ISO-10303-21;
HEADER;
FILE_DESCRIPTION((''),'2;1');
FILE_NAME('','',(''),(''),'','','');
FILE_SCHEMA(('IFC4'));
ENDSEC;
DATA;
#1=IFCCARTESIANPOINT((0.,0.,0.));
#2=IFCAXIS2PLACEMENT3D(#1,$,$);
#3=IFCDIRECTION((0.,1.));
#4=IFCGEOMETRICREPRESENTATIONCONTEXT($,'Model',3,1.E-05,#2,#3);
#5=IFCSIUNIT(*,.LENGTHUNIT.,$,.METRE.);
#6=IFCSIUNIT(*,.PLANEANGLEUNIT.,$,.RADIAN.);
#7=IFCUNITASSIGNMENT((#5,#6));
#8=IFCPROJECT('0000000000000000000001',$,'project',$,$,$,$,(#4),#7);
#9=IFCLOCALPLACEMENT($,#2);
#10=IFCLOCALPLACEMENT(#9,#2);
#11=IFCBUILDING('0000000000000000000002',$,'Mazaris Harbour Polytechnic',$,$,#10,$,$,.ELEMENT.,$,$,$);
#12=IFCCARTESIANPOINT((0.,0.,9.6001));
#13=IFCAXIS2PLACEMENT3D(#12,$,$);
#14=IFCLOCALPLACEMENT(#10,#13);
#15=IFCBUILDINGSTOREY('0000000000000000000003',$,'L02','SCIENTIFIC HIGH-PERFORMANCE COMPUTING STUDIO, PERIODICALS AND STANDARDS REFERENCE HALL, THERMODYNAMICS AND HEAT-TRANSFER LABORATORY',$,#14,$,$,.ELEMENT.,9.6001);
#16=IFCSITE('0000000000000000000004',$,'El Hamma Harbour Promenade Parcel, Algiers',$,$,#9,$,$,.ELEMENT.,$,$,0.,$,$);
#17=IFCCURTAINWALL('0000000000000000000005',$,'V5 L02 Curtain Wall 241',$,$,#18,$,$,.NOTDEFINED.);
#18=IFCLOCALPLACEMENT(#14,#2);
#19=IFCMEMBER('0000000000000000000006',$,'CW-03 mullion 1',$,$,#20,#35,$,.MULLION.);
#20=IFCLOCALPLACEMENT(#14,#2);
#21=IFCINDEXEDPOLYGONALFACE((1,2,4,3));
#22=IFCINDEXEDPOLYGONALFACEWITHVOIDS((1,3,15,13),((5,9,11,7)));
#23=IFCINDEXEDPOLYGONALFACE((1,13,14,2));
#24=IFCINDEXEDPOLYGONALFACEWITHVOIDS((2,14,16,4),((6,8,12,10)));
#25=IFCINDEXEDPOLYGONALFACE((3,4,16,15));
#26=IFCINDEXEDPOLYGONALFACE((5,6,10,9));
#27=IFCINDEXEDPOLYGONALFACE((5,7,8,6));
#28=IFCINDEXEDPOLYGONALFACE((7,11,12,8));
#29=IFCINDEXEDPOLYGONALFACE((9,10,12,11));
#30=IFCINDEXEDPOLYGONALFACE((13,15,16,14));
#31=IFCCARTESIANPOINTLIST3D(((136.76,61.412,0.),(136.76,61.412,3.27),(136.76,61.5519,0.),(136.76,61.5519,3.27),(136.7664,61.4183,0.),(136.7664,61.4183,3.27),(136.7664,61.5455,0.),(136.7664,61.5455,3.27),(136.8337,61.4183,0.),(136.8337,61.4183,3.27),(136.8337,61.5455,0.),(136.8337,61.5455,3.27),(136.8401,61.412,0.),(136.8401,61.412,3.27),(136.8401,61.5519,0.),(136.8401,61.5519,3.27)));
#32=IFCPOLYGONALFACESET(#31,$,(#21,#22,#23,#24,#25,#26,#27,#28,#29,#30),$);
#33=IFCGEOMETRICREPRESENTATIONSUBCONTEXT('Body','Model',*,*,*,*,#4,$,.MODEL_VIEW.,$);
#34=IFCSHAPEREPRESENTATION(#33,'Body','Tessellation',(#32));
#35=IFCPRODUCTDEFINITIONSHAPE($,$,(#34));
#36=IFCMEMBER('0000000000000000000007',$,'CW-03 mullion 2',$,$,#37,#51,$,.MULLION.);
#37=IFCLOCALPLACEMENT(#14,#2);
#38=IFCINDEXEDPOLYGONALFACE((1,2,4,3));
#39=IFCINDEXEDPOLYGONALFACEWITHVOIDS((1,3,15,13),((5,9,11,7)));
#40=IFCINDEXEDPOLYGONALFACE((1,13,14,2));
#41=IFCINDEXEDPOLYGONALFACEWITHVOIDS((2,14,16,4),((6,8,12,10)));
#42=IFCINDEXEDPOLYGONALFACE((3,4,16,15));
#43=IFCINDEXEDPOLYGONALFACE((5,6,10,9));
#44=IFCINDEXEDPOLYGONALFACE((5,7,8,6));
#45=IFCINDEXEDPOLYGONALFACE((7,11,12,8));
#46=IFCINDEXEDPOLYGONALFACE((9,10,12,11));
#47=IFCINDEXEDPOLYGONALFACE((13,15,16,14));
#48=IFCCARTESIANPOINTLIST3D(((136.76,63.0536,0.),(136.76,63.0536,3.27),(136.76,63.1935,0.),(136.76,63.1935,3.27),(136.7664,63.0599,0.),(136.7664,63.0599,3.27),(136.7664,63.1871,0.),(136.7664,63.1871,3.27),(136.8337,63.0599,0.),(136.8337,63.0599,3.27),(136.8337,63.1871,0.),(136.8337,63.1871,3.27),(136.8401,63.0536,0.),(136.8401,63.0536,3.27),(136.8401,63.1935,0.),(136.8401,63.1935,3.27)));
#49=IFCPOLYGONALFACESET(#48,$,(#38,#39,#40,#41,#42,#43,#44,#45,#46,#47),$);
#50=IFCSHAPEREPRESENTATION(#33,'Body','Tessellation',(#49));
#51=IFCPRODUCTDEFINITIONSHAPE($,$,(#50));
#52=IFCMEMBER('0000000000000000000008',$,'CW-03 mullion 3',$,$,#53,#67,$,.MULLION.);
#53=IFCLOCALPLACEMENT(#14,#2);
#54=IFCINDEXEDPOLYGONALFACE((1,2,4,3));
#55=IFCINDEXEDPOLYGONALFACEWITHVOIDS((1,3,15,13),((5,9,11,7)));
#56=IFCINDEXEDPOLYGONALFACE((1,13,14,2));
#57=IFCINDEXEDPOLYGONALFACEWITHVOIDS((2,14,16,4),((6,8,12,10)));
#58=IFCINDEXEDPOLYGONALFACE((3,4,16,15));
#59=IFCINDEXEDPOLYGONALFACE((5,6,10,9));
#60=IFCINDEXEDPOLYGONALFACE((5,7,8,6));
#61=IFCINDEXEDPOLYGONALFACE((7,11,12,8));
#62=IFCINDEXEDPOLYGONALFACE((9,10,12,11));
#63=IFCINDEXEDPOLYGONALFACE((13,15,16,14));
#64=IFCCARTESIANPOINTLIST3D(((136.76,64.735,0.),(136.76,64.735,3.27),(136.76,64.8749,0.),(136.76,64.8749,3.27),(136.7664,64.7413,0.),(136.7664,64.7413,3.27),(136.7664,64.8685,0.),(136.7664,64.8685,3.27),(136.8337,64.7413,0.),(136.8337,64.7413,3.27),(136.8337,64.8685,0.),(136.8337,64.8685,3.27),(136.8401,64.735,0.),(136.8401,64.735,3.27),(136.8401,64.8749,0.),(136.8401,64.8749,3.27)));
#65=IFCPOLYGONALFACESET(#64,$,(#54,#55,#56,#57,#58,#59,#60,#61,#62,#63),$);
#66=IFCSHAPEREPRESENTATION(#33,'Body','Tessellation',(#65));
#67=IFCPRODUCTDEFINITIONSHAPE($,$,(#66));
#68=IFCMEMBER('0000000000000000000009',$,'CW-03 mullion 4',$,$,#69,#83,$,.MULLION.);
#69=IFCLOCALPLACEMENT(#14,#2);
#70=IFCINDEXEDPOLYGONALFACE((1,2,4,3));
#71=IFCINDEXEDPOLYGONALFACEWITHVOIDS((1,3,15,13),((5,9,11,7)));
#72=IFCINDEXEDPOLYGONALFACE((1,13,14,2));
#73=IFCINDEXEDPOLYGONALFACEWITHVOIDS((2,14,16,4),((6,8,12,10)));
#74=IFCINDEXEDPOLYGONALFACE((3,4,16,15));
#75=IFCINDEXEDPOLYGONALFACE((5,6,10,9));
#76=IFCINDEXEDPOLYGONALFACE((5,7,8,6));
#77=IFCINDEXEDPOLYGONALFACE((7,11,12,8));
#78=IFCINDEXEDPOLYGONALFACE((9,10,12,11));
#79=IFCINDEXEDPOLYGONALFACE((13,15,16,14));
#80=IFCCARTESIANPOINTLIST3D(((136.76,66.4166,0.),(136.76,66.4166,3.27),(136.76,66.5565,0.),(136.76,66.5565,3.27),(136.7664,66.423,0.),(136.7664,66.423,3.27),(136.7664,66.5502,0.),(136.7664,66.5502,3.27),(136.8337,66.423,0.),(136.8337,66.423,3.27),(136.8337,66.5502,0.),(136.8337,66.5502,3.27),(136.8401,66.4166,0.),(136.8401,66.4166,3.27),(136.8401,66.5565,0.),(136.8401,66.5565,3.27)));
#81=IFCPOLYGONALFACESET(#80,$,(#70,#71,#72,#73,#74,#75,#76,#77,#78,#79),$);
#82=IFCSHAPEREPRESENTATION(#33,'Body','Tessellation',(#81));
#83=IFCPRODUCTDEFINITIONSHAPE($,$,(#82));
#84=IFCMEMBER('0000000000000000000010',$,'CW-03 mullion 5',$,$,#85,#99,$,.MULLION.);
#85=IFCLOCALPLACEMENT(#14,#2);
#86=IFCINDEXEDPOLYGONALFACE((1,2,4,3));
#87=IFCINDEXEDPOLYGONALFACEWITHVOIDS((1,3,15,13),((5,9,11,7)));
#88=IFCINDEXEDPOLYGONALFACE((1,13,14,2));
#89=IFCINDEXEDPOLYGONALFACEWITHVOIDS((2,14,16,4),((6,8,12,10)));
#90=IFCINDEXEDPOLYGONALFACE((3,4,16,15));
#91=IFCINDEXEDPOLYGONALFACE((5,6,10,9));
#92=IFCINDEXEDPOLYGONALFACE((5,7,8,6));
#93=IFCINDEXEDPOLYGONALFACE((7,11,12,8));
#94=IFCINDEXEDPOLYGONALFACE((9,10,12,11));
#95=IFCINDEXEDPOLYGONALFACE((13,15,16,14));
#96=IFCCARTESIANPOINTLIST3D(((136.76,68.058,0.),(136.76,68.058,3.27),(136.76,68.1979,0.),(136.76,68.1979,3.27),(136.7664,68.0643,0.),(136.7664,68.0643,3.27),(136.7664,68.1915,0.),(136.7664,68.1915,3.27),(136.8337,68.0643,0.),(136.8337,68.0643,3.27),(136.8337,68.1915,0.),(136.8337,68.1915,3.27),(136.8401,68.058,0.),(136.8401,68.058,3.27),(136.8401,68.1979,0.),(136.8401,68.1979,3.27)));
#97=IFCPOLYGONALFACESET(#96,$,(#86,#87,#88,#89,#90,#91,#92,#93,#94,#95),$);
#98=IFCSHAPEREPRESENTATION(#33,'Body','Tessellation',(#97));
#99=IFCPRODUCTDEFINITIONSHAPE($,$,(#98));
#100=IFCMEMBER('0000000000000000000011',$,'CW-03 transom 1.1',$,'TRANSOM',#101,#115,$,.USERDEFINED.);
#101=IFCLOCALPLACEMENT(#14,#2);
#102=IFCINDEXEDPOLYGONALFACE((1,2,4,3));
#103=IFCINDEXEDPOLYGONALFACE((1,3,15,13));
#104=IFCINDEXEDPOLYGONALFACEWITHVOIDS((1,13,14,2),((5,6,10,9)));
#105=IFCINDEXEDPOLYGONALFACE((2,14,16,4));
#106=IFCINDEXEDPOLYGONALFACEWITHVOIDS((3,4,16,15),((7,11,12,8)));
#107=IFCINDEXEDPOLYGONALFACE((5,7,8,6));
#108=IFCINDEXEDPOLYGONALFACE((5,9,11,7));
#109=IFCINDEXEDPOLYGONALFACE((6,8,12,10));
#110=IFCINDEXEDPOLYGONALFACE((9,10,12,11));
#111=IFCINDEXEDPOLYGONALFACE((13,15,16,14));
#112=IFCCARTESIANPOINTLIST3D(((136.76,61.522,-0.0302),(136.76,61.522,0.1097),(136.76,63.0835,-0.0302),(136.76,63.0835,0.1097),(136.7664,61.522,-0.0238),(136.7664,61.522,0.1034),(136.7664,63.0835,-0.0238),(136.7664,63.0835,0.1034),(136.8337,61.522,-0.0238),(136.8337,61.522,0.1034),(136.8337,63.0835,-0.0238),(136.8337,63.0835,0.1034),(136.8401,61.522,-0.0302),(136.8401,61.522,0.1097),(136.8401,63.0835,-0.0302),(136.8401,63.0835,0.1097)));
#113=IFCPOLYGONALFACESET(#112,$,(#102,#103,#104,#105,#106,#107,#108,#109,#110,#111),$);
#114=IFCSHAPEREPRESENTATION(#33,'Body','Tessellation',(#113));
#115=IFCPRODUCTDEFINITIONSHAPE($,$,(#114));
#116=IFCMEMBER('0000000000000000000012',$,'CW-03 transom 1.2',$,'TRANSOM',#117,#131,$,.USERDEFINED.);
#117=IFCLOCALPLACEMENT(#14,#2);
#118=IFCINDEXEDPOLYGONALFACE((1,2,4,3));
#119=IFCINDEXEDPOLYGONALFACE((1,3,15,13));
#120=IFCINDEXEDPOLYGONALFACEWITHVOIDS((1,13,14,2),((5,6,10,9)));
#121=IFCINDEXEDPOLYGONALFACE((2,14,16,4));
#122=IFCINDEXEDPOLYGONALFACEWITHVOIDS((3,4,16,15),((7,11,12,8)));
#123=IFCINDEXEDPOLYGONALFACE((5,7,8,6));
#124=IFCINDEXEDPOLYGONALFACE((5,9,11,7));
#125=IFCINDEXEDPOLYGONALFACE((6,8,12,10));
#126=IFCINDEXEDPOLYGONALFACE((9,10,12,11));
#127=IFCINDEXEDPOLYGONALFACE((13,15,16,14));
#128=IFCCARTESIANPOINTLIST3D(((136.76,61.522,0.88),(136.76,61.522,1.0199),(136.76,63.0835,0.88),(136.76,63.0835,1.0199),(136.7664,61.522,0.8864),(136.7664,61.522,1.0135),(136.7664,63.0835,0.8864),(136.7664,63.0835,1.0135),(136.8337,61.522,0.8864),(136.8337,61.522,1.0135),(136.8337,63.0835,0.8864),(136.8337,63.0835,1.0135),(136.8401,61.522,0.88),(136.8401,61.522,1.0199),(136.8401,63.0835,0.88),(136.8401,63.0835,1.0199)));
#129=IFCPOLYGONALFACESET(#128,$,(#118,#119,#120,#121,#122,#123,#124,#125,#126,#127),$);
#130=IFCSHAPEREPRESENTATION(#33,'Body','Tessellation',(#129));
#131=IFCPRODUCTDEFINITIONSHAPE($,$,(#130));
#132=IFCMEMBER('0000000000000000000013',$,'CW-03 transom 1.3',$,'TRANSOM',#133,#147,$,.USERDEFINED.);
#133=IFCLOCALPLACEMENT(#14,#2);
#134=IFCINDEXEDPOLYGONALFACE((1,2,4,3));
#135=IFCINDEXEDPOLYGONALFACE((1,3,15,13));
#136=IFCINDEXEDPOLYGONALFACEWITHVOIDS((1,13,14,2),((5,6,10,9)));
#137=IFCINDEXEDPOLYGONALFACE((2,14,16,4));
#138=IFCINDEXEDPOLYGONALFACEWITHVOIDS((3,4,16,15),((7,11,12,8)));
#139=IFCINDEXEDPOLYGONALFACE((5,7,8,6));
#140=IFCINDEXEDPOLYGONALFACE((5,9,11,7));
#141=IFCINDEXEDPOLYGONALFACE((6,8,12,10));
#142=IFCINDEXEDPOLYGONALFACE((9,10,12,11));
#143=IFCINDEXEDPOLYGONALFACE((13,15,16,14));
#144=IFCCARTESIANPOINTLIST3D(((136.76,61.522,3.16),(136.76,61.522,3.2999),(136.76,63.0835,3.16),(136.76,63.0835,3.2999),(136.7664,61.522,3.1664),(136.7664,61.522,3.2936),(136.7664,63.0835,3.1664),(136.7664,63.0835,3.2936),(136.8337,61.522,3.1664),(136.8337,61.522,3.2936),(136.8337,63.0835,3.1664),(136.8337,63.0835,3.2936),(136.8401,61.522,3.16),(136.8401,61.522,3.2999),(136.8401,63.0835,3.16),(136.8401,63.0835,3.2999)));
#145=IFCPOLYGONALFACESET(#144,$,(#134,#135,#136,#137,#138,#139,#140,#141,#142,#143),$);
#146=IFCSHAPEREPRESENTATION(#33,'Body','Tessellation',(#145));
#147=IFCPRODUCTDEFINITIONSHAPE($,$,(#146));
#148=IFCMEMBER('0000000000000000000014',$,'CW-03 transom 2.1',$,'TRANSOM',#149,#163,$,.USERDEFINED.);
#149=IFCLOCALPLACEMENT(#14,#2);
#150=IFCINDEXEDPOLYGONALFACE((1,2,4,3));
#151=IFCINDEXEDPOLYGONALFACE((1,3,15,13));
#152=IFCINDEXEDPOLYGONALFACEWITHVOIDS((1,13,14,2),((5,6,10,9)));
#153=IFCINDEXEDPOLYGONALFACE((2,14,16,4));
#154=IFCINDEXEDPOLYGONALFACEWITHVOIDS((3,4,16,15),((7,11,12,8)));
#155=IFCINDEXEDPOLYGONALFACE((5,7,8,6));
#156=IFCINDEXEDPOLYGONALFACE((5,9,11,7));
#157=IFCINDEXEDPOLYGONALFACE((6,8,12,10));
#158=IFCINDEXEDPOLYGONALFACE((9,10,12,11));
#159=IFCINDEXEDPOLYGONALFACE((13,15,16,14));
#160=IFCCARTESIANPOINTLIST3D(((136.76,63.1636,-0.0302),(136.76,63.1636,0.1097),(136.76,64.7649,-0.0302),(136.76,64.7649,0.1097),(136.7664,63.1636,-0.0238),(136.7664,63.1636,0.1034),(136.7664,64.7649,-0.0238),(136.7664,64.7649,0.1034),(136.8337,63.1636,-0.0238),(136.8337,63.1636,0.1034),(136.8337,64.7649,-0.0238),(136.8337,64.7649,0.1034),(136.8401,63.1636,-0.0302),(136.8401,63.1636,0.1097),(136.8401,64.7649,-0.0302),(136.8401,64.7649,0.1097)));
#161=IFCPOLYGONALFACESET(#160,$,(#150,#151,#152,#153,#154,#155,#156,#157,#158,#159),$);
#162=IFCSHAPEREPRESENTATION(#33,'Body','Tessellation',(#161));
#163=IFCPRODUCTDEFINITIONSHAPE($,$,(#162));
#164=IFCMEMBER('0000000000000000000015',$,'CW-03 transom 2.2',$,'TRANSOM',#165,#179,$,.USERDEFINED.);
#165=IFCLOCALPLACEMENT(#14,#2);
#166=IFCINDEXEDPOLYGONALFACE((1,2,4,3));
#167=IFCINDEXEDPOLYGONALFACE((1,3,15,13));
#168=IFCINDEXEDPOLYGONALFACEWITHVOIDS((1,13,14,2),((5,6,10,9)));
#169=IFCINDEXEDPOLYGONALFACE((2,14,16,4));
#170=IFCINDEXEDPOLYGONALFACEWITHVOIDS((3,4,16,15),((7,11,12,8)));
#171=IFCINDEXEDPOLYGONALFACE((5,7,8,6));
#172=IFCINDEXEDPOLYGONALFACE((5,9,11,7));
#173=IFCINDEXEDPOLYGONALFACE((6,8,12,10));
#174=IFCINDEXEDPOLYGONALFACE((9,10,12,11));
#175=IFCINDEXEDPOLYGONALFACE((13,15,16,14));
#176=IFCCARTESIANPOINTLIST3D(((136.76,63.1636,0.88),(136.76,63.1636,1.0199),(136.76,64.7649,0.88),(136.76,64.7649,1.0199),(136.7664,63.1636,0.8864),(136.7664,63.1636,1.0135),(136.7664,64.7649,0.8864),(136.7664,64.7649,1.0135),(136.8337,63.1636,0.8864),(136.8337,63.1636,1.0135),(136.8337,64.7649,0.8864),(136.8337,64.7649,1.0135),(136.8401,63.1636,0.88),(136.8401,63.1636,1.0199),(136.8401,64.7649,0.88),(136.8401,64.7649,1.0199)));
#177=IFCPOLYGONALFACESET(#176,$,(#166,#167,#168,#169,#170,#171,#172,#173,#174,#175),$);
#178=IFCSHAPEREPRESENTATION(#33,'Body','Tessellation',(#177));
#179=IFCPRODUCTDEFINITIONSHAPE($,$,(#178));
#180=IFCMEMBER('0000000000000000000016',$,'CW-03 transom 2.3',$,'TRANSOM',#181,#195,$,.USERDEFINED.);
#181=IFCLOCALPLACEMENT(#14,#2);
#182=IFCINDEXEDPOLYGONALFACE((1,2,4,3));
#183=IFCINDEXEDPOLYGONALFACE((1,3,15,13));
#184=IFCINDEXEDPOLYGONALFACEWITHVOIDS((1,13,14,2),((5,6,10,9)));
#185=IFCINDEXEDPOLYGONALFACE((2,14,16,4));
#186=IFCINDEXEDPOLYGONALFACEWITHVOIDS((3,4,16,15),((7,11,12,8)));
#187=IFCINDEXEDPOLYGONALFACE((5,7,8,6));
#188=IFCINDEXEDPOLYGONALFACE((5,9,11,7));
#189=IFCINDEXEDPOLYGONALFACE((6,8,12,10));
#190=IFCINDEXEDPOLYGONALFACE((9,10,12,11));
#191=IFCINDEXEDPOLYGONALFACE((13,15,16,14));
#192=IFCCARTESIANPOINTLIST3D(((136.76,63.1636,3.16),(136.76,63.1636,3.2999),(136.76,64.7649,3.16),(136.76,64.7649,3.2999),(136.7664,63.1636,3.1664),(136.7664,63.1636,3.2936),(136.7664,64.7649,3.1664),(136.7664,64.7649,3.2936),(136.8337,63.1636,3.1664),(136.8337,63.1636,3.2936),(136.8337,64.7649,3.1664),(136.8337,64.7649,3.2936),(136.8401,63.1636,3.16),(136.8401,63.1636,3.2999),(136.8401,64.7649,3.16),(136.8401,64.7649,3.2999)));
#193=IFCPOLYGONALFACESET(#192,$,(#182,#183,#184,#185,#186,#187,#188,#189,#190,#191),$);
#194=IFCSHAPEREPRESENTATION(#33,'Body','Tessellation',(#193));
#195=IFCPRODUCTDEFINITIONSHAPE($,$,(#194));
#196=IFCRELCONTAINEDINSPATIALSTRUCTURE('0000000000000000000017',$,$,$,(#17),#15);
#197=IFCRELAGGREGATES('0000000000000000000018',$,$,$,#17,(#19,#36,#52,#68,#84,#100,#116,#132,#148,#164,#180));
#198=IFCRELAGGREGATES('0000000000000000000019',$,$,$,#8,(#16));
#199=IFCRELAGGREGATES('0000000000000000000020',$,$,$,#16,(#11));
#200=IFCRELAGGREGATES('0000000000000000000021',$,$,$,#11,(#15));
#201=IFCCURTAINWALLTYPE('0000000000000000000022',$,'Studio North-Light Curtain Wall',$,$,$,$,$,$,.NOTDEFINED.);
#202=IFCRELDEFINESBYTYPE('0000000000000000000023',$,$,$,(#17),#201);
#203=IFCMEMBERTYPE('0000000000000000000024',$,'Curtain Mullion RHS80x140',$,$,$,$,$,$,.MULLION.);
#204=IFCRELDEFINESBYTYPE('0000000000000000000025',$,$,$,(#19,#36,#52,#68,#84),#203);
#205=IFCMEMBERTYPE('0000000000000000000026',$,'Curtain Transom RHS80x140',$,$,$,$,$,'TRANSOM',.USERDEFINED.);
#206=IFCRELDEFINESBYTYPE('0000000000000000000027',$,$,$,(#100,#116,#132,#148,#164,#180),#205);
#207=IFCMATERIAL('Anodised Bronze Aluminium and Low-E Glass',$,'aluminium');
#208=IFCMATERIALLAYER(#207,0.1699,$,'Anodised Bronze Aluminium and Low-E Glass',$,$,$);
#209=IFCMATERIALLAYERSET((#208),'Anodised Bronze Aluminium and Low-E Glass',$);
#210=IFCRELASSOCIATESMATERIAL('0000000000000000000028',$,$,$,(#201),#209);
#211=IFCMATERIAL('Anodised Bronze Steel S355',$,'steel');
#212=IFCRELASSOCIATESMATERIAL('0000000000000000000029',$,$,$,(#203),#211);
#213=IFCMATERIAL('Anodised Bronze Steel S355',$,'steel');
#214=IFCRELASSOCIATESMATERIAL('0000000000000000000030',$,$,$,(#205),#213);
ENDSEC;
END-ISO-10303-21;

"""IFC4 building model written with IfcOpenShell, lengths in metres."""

from ifc_helpers import new_model, si_unit, direction, frame, origin, origin_2d, place, context, subcontext, project, spatial, hollow_rectangle, extrude, material, layer, layer_set, material_profile, profile_set, type_object, element, aggregate, save


model = new_model("IFC4")

# Units and contexts
model_context = context("Model", 3, precision=1e-05, world=origin(), true_north=direction((0.0, 1.0)))
body_context = subcontext(model_context, "Body", "Model", "MODEL_VIEW")
ifc_project = project(units=[si_unit("LENGTHUNIT", "METRE"), si_unit("PLANEANGLEUNIT", "RADIAN")], contexts=[model_context])

# Site, building, storey
site_placement = place(None, origin())
site = spatial("IfcSite", under=ifc_project, at=site_placement, Name="El Hamma Harbour Promenade Parcel, Algiers", CompositionType="ELEMENT", RefElevation=0.0)
building_placement = place(site_placement, origin())
building = spatial("IfcBuilding", under=site, at=building_placement, Name="Mazaris Harbour Polytechnic", CompositionType="ELEMENT")
storey_placement = place(building_placement, frame((0.0, 0.0, 9.6001)))
storey = spatial("IfcBuildingStorey", under=building, at=storey_placement, Name="L02", Description="SCIENTIFIC HIGH-PERFORMANCE COMPUTING STUDIO, PERIODICALS AND STANDARDS REFERENCE HALL, THERMODYNAMICS AND HEAT-TRANSFER LABORATORY", CompositionType="ELEMENT", Elevation=9.6001)

# Curtain wall, members
ifc_material_1 = material(Name="Anodised Bronze Aluminium and Low-E Glass", Category="aluminium")
ifc_layer_1 = layer(ifc_material_1, 0.1699, Name="Anodised Bronze Aluminium and Low-E Glass")
ifc_layer_set_1 = layer_set([ifc_layer_1], Name="Anodised Bronze Aluminium and Low-E Glass")
curtain_wall_type = type_object("IfcCurtainWallType", Name="Studio North-Light Curtain Wall", PredefinedType="NOTDEFINED", material=ifc_layer_set_1)
curtain_wall_1_placement = place(storey_placement, origin())
curtain_wall_1 = element("IfcCurtainWall", 1, at=curtain_wall_1_placement, inside=storey, type_object=curtain_wall_type, Name="V5 L02 Curtain Wall 241", PredefinedType="NOTDEFINED")
ifc_material_2 = material(Name="Anodised Bronze Steel S355", Category="steel")
ifc_material_profile_1 = material_profile(ifc_material_2, hollow_rectangle(XDim=0.0801, YDim=0.1399, WallThickness=0.0063, at=origin_2d()), Name="RHS 80x140x6.3")
ifc_profile_set_1 = profile_set([ifc_material_profile_1], Name="Anodised Bronze Steel S355")
member_type_1 = type_object("IfcMemberType", Name="Curtain Mullion RHS80x140", PredefinedType="MULLION", material=ifc_profile_set_1)
member_1_placement = place(storey_placement, frame((136.8, 61.4819, 0.0), z_axis=(0.0, 0.0, 1.0), x_axis=(-1.0, 0.0, 0.0)))
member_1 = element("IfcMember", 2, at=member_1_placement, type_object=member_type_1, Name="CW-03 mullion 1", PredefinedType="MULLION", context=body_context, shape_type="SweptSolid", body=[
    extrude(hollow_rectangle(XDim=0.0801, YDim=0.1399, WallThickness=0.0063, at=origin_2d()), origin(), (0.0, 0.0, 1.0), 3.27),
])
member_2_placement = place(storey_placement, frame((136.8, 63.1235, 0.0), z_axis=(0.0, 0.0, 1.0), x_axis=(-1.0, 0.0, 0.0)))
member_2 = element("IfcMember", 3, at=member_2_placement, type_object=member_type_1, Name="CW-03 mullion 2", PredefinedType="MULLION", context=body_context, shape_type="SweptSolid", body=[
    extrude(hollow_rectangle(XDim=0.0801, YDim=0.1399, WallThickness=0.0063, at=origin_2d()), origin(), (0.0, 0.0, 1.0), 3.27),
])
member_3_placement = place(storey_placement, frame((136.8, 64.8049, 0.0), z_axis=(0.0, 0.0, 1.0), x_axis=(-1.0, 0.0, 0.0)))
member_3 = element("IfcMember", 4, at=member_3_placement, type_object=member_type_1, Name="CW-03 mullion 3", PredefinedType="MULLION", context=body_context, shape_type="SweptSolid", body=[
    extrude(hollow_rectangle(XDim=0.0801, YDim=0.1399, WallThickness=0.0063, at=origin_2d()), origin(), (0.0, 0.0, 1.0), 3.27),
])
member_4_placement = place(storey_placement, frame((136.8, 66.4866, 0.0), z_axis=(0.0, 0.0, 1.0), x_axis=(-1.0, 0.0, 0.0)))
member_4 = element("IfcMember", 5, at=member_4_placement, type_object=member_type_1, Name="CW-03 mullion 4", PredefinedType="MULLION", context=body_context, shape_type="SweptSolid", body=[
    extrude(hollow_rectangle(XDim=0.0801, YDim=0.1399, WallThickness=0.0063, at=origin_2d()), origin(), (0.0, 0.0, 1.0), 3.27),
])
member_5_placement = place(storey_placement, frame((136.8, 68.1279, 0.0), z_axis=(0.0, 0.0, 1.0), x_axis=(-1.0, 0.0, 0.0)))
member_5 = element("IfcMember", 6, at=member_5_placement, type_object=member_type_1, Name="CW-03 mullion 5", PredefinedType="MULLION", context=body_context, shape_type="SweptSolid", body=[
    extrude(hollow_rectangle(XDim=0.0801, YDim=0.1399, WallThickness=0.0063, at=origin_2d()), origin(), (0.0, 0.0, 1.0), 3.27),
])
ifc_material_3 = material(Name="Anodised Bronze Steel S355", Category="steel")
ifc_material_profile_2 = material_profile(ifc_material_3, hollow_rectangle(XDim=0.0801, YDim=0.1399, WallThickness=0.0063, at=origin_2d()), Name="RHS 80x140x6.3")
ifc_profile_set_2 = profile_set([ifc_material_profile_2], Name="Anodised Bronze Steel S355")
member_type_2 = type_object("IfcMemberType", Name="Curtain Transom RHS80x140", ElementType="TRANSOM", PredefinedType="USERDEFINED", material=ifc_profile_set_2)
member_6_placement = place(storey_placement, frame((136.8, 61.522, 0.0398), z_axis=(0.0, 1.0, 0.0), x_axis=(-1.0, 0.0, 0.0)))
member_6 = element("IfcMember", 7, at=member_6_placement, type_object=member_type_2, Name="CW-03 transom 1.1", ObjectType="TRANSOM", PredefinedType="USERDEFINED", context=body_context, shape_type="SweptSolid", body=[
    extrude(hollow_rectangle(XDim=0.0801, YDim=0.1399, WallThickness=0.0063, at=origin_2d()), origin(), (0.0, 0.0, 1.0), 1.5615),
])
member_7_placement = place(storey_placement, frame((136.8, 61.522, 0.95), z_axis=(0.0, 1.0, 0.0), x_axis=(-1.0, 0.0, 0.0)))
member_7 = element("IfcMember", 8, at=member_7_placement, type_object=member_type_2, Name="CW-03 transom 1.2", ObjectType="TRANSOM", PredefinedType="USERDEFINED", context=body_context, shape_type="SweptSolid", body=[
    extrude(hollow_rectangle(XDim=0.0801, YDim=0.1399, WallThickness=0.0063, at=origin_2d()), origin(), (0.0, 0.0, 1.0), 1.5615),
])
member_8_placement = place(storey_placement, frame((136.8, 61.522, 3.23), z_axis=(0.0, 1.0, 0.0), x_axis=(-1.0, 0.0, 0.0)))
member_8 = element("IfcMember", 9, at=member_8_placement, type_object=member_type_2, Name="CW-03 transom 1.3", ObjectType="TRANSOM", PredefinedType="USERDEFINED", context=body_context, shape_type="SweptSolid", body=[
    extrude(hollow_rectangle(XDim=0.0801, YDim=0.1399, WallThickness=0.0063, at=origin_2d()), origin(), (0.0, 0.0, 1.0), 1.5615),
])
member_9_placement = place(storey_placement, frame((136.8, 63.1636, 0.0398), z_axis=(0.0, 1.0, 0.0), x_axis=(-1.0, 0.0, 0.0)))
member_9 = element("IfcMember", 10, at=member_9_placement, type_object=member_type_2, Name="CW-03 transom 2.1", ObjectType="TRANSOM", PredefinedType="USERDEFINED", context=body_context, shape_type="SweptSolid", body=[
    extrude(hollow_rectangle(XDim=0.0801, YDim=0.1399, WallThickness=0.0063, at=origin_2d()), origin(), (0.0, 0.0, 1.0), 1.6013),
])
member_10_placement = place(storey_placement, frame((136.8, 63.1636, 0.95), z_axis=(0.0, 1.0, 0.0), x_axis=(-1.0, 0.0, 0.0)))
member_10 = element("IfcMember", 11, at=member_10_placement, type_object=member_type_2, Name="CW-03 transom 2.2", ObjectType="TRANSOM", PredefinedType="USERDEFINED", context=body_context, shape_type="SweptSolid", body=[
    extrude(hollow_rectangle(XDim=0.0801, YDim=0.1399, WallThickness=0.0063, at=origin_2d()), origin(), (0.0, 0.0, 1.0), 1.6013),
])
member_11_placement = place(storey_placement, frame((136.8, 63.1636, 3.23), z_axis=(0.0, 1.0, 0.0), x_axis=(-1.0, 0.0, 0.0)))
member_11 = element("IfcMember", 12, at=member_11_placement, type_object=member_type_2, Name="CW-03 transom 2.3", ObjectType="TRANSOM", PredefinedType="USERDEFINED", context=body_context, shape_type="SweptSolid", body=[
    extrude(hollow_rectangle(XDim=0.0801, YDim=0.1399, WallThickness=0.0063, at=origin_2d()), origin(), (0.0, 0.0, 1.0), 1.6013),
])

aggregate(curtain_wall_1, [member_1, member_2, member_3, member_4, member_5, member_6, member_7, member_8, member_9, member_10, member_11])

save(model, "model.ifc")
